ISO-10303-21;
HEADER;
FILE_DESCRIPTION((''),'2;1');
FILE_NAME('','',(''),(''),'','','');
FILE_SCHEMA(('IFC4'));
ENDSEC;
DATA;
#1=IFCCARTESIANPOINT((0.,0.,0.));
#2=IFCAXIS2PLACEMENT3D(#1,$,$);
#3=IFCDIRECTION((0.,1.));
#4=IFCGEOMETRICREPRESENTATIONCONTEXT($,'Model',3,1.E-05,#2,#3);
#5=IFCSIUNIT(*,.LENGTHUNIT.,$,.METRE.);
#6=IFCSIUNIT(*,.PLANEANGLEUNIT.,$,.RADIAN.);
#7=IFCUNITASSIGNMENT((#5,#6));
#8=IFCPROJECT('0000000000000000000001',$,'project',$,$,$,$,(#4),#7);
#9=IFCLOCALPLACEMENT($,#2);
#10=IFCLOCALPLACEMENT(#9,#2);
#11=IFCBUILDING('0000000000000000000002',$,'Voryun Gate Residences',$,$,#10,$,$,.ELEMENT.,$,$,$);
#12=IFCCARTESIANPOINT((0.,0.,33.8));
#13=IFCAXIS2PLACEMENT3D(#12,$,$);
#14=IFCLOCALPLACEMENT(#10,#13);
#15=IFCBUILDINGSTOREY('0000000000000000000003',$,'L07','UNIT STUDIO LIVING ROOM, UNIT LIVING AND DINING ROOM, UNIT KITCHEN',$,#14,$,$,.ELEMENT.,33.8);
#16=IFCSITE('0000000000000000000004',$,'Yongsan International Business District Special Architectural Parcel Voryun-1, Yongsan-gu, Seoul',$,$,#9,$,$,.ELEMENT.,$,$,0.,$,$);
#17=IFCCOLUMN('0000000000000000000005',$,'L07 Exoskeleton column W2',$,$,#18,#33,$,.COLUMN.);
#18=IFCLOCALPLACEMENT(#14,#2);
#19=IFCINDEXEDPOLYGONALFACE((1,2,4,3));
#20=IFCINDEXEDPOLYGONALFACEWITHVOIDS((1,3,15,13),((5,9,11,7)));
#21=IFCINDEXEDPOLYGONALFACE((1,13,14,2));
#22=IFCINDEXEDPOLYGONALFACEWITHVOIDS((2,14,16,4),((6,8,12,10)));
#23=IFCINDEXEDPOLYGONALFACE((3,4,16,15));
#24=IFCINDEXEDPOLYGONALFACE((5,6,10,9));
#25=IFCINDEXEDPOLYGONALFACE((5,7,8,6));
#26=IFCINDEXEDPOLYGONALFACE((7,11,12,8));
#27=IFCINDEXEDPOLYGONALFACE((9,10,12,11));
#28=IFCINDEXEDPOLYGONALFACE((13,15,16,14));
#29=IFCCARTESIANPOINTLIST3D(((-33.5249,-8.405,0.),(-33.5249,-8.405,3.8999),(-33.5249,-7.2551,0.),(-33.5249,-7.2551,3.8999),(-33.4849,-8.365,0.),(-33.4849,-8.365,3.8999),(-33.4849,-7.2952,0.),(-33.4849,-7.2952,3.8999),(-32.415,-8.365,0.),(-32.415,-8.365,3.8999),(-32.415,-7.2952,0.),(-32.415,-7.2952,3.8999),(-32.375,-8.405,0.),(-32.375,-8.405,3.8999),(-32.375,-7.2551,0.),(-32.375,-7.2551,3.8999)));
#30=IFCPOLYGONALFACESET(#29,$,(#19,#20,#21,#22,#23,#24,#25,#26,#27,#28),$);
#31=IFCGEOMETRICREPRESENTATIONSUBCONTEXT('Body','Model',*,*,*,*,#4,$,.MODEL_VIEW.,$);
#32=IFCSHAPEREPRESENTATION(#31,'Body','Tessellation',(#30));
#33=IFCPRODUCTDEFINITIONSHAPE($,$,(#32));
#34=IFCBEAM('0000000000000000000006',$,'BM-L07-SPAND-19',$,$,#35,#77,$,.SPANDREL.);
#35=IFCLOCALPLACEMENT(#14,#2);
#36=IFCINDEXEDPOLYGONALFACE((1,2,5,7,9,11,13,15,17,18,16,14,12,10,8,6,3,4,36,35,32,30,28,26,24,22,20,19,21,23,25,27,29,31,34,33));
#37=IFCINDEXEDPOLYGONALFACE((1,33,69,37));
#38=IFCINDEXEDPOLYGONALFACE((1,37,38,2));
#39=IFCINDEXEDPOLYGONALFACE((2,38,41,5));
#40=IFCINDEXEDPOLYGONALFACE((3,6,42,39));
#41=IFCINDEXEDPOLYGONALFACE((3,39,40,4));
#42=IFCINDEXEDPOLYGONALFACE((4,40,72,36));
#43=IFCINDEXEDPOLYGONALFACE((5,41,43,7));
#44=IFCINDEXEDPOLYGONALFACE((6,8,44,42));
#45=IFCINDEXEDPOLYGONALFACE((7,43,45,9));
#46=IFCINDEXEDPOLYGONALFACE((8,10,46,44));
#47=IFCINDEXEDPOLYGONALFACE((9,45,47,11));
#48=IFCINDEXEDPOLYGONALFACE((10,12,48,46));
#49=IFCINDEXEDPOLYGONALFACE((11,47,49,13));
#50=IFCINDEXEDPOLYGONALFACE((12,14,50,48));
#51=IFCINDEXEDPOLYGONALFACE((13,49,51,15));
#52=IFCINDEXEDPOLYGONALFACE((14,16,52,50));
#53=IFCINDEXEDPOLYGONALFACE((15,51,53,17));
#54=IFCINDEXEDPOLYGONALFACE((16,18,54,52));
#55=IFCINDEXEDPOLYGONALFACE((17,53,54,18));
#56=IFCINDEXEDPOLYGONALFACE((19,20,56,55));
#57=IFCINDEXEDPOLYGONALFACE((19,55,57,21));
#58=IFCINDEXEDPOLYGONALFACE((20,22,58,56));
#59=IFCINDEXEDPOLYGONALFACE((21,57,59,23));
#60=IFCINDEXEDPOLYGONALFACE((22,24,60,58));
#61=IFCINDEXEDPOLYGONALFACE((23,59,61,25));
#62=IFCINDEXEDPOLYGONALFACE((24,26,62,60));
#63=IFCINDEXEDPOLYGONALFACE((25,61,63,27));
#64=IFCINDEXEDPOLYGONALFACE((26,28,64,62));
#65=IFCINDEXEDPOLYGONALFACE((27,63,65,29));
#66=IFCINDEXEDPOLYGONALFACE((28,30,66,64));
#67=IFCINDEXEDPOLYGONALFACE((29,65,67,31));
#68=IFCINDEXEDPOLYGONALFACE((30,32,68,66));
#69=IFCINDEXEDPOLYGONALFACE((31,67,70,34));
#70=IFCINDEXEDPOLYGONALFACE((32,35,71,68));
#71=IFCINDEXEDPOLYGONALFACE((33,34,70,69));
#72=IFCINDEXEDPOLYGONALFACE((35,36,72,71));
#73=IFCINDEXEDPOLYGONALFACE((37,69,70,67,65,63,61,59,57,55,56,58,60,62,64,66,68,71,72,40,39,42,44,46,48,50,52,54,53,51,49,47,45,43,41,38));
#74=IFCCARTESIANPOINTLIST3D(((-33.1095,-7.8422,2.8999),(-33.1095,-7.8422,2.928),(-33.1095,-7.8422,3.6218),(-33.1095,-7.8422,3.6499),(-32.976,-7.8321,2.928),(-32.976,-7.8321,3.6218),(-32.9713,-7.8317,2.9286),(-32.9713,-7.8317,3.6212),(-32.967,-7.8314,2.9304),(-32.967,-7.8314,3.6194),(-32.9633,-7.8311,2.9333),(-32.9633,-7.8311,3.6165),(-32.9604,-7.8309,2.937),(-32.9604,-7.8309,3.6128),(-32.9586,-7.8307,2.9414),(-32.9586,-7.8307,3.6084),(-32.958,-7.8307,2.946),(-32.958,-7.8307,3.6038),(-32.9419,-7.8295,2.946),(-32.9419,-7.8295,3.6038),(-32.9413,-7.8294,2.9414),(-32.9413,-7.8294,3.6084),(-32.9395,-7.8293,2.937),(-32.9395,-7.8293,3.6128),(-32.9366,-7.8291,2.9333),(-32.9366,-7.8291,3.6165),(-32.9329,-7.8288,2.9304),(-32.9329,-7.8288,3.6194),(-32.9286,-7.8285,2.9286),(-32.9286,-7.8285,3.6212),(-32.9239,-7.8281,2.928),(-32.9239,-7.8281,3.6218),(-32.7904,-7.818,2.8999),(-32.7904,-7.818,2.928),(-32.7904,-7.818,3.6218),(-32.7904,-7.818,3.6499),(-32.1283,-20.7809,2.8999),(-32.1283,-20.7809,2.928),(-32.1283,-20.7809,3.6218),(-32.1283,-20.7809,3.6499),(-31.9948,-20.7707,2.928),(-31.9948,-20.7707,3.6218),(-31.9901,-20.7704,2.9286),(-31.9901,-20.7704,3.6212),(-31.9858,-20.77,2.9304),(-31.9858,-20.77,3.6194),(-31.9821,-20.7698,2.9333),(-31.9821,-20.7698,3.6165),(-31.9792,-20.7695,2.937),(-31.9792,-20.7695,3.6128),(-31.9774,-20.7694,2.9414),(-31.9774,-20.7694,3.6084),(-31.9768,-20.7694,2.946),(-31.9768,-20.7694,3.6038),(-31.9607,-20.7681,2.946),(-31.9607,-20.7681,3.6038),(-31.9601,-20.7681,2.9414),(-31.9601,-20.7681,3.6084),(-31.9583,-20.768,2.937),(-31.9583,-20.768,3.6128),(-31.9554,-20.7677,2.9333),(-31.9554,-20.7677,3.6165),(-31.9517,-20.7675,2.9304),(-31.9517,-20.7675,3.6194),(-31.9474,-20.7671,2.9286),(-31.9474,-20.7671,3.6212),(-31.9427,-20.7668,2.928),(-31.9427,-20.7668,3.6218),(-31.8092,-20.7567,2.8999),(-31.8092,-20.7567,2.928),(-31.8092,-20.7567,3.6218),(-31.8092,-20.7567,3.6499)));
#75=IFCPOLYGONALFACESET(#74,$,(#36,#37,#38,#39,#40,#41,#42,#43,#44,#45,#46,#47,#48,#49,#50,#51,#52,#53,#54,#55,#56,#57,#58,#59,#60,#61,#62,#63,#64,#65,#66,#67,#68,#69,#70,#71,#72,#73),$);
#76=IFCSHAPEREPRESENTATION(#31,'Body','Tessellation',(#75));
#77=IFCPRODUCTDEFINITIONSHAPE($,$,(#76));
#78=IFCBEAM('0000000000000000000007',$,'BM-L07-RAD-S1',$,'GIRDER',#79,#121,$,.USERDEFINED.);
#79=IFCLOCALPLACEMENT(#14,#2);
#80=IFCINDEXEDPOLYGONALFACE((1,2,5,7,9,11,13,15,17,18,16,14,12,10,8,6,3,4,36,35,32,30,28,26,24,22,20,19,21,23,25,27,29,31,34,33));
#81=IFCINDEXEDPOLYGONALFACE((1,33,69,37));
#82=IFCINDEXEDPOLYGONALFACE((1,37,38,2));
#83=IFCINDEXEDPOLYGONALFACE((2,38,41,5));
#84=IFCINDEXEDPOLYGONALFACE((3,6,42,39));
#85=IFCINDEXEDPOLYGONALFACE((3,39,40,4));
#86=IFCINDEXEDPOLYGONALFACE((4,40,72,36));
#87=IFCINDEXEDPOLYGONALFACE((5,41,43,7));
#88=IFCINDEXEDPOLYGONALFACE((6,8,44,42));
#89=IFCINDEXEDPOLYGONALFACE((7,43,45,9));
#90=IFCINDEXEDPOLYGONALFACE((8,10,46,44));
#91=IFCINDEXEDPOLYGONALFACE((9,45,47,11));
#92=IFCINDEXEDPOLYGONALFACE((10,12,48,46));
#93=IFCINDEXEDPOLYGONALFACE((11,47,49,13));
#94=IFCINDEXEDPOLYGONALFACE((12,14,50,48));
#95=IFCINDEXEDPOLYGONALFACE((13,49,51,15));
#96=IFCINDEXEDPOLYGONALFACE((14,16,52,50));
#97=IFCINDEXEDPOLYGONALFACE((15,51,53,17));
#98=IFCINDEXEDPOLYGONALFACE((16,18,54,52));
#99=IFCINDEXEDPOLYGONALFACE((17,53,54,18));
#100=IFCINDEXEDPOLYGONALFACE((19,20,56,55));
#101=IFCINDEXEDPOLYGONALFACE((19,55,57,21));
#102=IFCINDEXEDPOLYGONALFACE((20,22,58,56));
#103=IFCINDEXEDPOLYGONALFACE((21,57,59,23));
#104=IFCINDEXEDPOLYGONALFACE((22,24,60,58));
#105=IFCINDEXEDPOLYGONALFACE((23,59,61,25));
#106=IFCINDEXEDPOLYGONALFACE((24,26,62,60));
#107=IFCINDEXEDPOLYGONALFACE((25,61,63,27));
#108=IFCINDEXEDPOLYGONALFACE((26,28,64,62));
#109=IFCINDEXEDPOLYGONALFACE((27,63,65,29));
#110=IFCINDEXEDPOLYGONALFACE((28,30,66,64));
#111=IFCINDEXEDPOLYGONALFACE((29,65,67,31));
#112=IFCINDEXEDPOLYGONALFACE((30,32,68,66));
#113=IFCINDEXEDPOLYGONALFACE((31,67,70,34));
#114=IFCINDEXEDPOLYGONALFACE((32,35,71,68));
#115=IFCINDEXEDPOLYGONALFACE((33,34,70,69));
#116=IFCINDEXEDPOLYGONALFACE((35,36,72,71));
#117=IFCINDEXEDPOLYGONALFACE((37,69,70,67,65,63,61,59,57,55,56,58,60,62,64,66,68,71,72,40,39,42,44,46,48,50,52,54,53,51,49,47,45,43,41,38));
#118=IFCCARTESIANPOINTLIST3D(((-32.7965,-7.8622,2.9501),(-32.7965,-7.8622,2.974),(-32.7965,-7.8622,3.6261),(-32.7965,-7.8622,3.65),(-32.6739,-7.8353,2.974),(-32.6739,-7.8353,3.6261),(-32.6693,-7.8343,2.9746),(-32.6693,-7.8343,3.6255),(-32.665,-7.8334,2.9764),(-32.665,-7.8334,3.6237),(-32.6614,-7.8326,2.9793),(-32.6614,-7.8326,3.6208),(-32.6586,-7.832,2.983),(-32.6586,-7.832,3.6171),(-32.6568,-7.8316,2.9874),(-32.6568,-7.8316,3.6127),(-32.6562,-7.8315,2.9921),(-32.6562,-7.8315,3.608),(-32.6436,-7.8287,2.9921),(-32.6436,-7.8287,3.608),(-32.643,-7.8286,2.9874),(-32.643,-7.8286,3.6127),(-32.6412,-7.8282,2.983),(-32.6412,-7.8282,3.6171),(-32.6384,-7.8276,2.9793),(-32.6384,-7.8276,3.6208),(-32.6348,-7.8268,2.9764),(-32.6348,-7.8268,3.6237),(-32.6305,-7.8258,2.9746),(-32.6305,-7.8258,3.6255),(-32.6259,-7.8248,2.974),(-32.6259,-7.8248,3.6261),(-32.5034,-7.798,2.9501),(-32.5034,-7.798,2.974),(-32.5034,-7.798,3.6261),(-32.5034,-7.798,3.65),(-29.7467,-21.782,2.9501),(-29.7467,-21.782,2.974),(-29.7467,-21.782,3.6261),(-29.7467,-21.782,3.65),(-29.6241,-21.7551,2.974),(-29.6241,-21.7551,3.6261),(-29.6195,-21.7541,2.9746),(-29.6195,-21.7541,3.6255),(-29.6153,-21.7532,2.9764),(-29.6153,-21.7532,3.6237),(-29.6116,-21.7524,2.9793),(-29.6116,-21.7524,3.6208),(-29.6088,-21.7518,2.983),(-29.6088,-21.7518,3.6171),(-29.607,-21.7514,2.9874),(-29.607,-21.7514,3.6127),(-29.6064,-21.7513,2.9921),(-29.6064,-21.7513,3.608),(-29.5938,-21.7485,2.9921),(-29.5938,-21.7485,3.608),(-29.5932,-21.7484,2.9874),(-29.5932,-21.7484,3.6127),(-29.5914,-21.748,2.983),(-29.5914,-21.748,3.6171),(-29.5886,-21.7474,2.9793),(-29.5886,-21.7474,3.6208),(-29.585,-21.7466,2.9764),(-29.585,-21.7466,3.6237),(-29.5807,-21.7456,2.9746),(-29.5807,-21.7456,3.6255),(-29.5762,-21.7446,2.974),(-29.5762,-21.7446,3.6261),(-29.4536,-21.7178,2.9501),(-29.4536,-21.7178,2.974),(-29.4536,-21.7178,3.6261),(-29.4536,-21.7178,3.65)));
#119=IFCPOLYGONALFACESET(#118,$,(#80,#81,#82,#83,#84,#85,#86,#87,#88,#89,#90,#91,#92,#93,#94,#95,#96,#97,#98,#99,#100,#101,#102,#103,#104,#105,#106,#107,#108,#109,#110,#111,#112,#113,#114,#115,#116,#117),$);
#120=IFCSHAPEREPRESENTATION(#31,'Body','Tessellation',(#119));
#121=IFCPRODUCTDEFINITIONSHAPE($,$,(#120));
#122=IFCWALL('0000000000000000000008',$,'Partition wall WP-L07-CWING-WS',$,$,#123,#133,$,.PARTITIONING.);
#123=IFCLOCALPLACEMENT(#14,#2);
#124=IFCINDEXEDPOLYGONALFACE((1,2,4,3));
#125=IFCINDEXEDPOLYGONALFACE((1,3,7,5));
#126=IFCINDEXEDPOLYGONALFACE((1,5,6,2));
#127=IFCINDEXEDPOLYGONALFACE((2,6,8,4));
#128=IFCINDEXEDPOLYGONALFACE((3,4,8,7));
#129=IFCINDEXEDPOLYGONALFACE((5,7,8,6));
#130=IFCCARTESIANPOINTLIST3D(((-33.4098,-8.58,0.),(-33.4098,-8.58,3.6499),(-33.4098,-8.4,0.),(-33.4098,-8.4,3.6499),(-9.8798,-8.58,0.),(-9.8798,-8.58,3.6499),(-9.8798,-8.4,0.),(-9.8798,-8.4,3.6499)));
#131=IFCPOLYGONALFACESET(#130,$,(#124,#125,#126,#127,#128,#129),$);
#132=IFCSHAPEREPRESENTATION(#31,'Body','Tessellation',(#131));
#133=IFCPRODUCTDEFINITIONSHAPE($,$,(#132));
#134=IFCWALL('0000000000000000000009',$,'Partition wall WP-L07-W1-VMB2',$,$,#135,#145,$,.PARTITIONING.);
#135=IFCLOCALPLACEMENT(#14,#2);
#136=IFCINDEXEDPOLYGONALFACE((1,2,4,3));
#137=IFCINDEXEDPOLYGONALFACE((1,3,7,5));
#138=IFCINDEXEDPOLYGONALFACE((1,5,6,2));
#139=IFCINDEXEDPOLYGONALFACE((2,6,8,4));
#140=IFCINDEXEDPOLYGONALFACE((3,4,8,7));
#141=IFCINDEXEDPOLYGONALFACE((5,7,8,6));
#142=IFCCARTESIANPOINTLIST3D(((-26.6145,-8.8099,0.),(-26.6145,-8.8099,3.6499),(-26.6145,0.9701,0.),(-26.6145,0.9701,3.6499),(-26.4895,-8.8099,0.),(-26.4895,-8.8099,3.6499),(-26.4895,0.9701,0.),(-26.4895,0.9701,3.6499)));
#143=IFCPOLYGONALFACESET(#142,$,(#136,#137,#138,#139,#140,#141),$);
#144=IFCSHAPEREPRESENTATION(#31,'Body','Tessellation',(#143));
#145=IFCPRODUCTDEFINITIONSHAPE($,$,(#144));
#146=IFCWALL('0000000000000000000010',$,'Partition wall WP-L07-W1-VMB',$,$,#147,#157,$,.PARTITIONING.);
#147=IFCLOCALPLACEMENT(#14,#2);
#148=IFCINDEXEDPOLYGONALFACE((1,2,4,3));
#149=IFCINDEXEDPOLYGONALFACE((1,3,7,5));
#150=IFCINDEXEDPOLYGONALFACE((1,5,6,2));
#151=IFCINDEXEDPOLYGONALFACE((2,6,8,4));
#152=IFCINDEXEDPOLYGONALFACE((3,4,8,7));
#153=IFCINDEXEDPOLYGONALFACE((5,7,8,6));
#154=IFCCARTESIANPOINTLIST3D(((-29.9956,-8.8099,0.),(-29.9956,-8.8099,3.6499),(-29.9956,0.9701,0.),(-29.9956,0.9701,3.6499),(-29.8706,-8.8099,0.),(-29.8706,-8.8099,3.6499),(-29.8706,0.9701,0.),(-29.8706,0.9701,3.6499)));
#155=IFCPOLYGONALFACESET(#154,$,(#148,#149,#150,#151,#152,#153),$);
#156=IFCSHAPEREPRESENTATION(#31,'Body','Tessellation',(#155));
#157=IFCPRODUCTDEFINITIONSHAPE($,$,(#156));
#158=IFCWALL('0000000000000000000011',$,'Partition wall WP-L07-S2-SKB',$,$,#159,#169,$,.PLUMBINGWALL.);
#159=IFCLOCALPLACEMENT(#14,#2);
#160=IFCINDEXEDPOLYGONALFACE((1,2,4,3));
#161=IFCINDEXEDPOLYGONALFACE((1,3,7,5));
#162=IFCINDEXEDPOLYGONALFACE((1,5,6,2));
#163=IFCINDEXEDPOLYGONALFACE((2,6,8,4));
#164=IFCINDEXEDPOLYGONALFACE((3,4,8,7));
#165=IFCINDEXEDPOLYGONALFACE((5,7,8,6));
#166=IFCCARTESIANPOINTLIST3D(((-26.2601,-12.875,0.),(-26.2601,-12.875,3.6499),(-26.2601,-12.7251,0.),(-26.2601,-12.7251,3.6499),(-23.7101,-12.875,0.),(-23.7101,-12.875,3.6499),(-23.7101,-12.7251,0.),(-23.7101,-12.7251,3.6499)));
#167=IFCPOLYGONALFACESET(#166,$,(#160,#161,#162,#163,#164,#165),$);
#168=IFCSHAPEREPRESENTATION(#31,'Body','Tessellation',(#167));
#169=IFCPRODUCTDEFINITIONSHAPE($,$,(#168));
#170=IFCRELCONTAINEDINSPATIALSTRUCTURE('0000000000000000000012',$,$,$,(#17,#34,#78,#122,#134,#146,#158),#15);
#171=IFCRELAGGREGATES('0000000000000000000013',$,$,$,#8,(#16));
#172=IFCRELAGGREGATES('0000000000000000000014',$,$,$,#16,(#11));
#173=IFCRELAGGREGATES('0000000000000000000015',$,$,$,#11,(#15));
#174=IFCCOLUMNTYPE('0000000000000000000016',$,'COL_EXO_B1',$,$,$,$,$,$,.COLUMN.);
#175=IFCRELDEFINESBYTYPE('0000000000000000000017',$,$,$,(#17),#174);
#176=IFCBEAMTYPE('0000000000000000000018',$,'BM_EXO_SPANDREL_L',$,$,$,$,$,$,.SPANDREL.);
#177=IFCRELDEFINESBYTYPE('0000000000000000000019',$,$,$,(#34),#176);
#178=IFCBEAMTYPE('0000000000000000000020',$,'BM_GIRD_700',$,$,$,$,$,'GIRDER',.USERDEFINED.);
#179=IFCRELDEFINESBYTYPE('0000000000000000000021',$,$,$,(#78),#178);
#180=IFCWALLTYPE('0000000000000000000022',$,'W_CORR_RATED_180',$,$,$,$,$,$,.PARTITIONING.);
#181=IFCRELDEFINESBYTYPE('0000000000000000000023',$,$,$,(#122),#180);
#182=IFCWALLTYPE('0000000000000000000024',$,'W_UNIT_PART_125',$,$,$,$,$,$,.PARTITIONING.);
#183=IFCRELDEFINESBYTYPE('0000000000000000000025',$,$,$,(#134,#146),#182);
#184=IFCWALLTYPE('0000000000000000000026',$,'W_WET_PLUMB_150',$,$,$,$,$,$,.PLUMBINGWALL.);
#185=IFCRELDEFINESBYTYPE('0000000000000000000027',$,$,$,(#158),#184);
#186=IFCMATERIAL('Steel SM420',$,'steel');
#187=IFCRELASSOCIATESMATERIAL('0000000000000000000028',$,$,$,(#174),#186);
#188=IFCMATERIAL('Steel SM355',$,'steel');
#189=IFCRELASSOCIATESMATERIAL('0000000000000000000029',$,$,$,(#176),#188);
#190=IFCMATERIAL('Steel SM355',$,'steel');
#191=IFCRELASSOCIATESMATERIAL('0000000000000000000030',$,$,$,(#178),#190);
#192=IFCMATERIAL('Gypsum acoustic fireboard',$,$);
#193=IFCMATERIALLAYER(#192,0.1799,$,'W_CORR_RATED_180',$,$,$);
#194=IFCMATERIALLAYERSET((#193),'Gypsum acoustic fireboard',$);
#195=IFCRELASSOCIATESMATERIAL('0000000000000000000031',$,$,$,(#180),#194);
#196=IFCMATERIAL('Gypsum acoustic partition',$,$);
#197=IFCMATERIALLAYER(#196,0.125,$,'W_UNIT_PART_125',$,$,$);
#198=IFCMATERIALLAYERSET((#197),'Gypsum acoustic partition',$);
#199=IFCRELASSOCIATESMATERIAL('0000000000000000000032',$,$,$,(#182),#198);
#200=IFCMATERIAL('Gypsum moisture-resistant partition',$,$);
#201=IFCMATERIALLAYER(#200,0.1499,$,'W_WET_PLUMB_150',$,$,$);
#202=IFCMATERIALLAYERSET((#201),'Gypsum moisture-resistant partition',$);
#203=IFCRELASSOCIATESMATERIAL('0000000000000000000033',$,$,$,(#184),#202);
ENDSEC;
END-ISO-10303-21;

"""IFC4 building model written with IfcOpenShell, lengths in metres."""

from ifc_helpers import new_model, si_unit, direction, frame, frame_2d, origin, origin_2d, place, context, subcontext, project, spatial, rectangle, hollow_rectangle, i_section, extrude, material, layer, layer_set, material_profile, profile_set, type_object, element, save


model = new_model("IFC4")

# Units and contexts
model_context = context("Model", 3, precision=1e-05, world=origin(), true_north=direction((0.0, 1.0)))
body_context = subcontext(model_context, "Body", "Model", "MODEL_VIEW")
ifc_project = project(units=[si_unit("LENGTHUNIT", "METRE"), si_unit("PLANEANGLEUNIT", "RADIAN")], contexts=[model_context])

# Site, building, storey
site_placement = place(None, origin())
site = spatial("IfcSite", under=ifc_project, at=site_placement, Name="Yongsan International Business District Special Architectural Parcel Voryun-1, Yongsan-gu, Seoul", CompositionType="ELEMENT", RefElevation=0.0)
building_placement = place(site_placement, origin())
building = spatial("IfcBuilding", under=site, at=building_placement, Name="Voryun Gate Residences", CompositionType="ELEMENT")
storey_placement = place(building_placement, frame((0.0, 0.0, 33.8)))
storey = spatial("IfcBuildingStorey", under=building, at=storey_placement, Name="L07", Description="UNIT STUDIO LIVING ROOM, UNIT LIVING AND DINING ROOM, UNIT KITCHEN", CompositionType="ELEMENT", Elevation=33.8)

# Column
ifc_material_1 = material(Name="Steel SM420", Category="steel")
ifc_material_profile_1 = material_profile(ifc_material_1, hollow_rectangle(XDim=1.1499, YDim=1.1499, WallThickness=0.04, at=origin_2d()), Name="BOX-1150x1150x40")
ifc_profile_set_1 = profile_set([ifc_material_profile_1], Name="Steel SM420")
column_type = type_object("IfcColumnType", Name="COL_EXO_B1", PredefinedType="COLUMN", material=ifc_profile_set_1)
column_placement = place(storey_placement, frame((-32.95, -7.8301, 0.0), z_axis=(0.0, 0.0, 1.0), x_axis=(1.0, 0.0, 0.0)))
element("IfcColumn", 1, at=column_placement, inside=storey, type_object=column_type, Name="L07 Exoskeleton column W2", PredefinedType="COLUMN", context=body_context, shape_type="SweptSolid", body=[
    extrude(hollow_rectangle(XDim=1.1499, YDim=1.1499, WallThickness=0.04, at=origin_2d()), origin(), (0.0, 0.0, 1.0), 3.8999),
])

# Beams
ifc_material_2 = material(Name="Steel SM355", Category="steel")
ifc_material_profile_2 = material_profile(ifc_material_2, i_section(OverallWidth=0.3201, OverallDepth=0.75, WebThickness=0.0161, FlangeThickness=0.0281, FilletRadius=0.0181, at=origin_2d()), Name="H-750x320x16x28")
ifc_profile_set_2 = profile_set([ifc_material_profile_2], Name="Steel SM355")
beam_type_1 = type_object("IfcBeamType", Name="BM_EXO_SPANDREL_L", PredefinedType="SPANDREL", material=ifc_profile_set_2)
beam_1_placement = place(storey_placement, frame((-32.95, -7.8301, 3.2749), z_axis=(0.075617, -0.997137, 0.0), x_axis=(0.997137, 0.075617, 0.0)))
element("IfcBeam", 2, at=beam_1_placement, inside=storey, type_object=beam_type_1, Name="BM-L07-SPAND-19", PredefinedType="SPANDREL", context=body_context, shape_type="SweptSolid", body=[
    extrude(i_section(OverallWidth=0.3201, OverallDepth=0.75, WebThickness=0.0161, FlangeThickness=0.0281, FilletRadius=0.0181, at=origin_2d()), origin(), (0.0, 0.0, 1.0), 12.9758),
])
ifc_material_3 = material(Name="Steel SM355", Category="steel")
ifc_material_profile_3 = material_profile(ifc_material_3, i_section(OverallWidth=0.3, OverallDepth=0.7, WebThickness=0.0129, FlangeThickness=0.0239, FilletRadius=0.0181, at=origin_2d()), Name="H-700x300x13x24")
ifc_profile_set_3 = profile_set([ifc_material_profile_3], Name="Steel SM355")
beam_type_2 = type_object("IfcBeamType", Name="BM_GIRD_700", ElementType="GIRDER", PredefinedType="USERDEFINED", material=ifc_profile_set_3)
beam_2_placement = place(storey_placement, frame((-32.6499, -7.8301, 3.3), z_axis=(0.21402, -0.976829, 0.0), x_axis=(0.976829, 0.21402, 0.0)))
element("IfcBeam", 3, at=beam_2_placement, inside=storey, type_object=beam_type_2, Name="BM-L07-RAD-S1", ObjectType="GIRDER", PredefinedType="USERDEFINED", context=body_context, shape_type="SweptSolid", body=[
    extrude(i_section(OverallWidth=0.3, OverallDepth=0.7, WebThickness=0.0129, FlangeThickness=0.0239, FilletRadius=0.0181, at=origin_2d()), origin(), (0.0, 0.0, 1.0), 14.25),
])

# Wall
ifc_material_4 = material(Name="Gypsum acoustic fireboard")
ifc_layer_1 = layer(ifc_material_4, 0.1799, Name="W_CORR_RATED_180")
ifc_layer_set_1 = layer_set([ifc_layer_1], Name="Gypsum acoustic fireboard")
wall_type_1 = type_object("IfcWallType", Name="W_CORR_RATED_180", PredefinedType="PARTITIONING", material=ifc_layer_set_1)
wall_1_placement = place(storey_placement, frame((-33.4099, -8.49, 0.0), z_axis=(0.0, 0.0, 1.0), x_axis=(1.0, 0.0, 0.0)))
element("IfcWall", 4, at=wall_1_placement, inside=storey, type_object=wall_type_1, Name="Partition wall WP-L07-CWING-WS", PredefinedType="PARTITIONING", context=body_context, shape_type="SweptSolid", body=[
    extrude(rectangle(XDim=23.53, YDim=0.1799, at=frame_2d((11.7651, 0.0))), origin(), (0.0, 0.0, 1.0), 3.6499),
])

# Walls
ifc_material_5 = material(Name="Gypsum acoustic partition")
ifc_layer_2 = layer(ifc_material_5, 0.125, Name="W_UNIT_PART_125")
ifc_layer_set_2 = layer_set([ifc_layer_2], Name="Gypsum acoustic partition")
wall_type_2 = type_object("IfcWallType", Name="W_UNIT_PART_125", PredefinedType="PARTITIONING", material=ifc_layer_set_2)
for number, where, z_axis, x_axis, name in (
    (5, (-26.552, -8.8101, 0.0), (0.0, 0.0, 1.0), (0.0, 1.0, 0.0), "Partition wall WP-L07-W1-VMB2"),
    (6, (-29.9331, -8.8101, 0.0), (0.0, 0.0, 1.0), (0.0, 1.0, 0.0), "Partition wall WP-L07-W1-VMB"),
):
    element("IfcWall", number, at=place(storey_placement, frame(where, z_axis=z_axis, x_axis=x_axis)), inside=storey, type_object=wall_type_2, Name=name, PredefinedType="PARTITIONING", context=body_context, shape_type="SweptSolid", body=[
        extrude(rectangle(XDim=9.78, YDim=0.125, at=frame_2d((4.8901, 0.0))), origin(), (0.0, 0.0, 1.0), 3.6499),
    ])
ifc_material_6 = material(Name="Gypsum moisture-resistant partition")
ifc_layer_3 = layer(ifc_material_6, 0.1499, Name="W_WET_PLUMB_150")
ifc_layer_set_3 = layer_set([ifc_layer_3], Name="Gypsum moisture-resistant partition")
wall_type_3 = type_object("IfcWallType", Name="W_WET_PLUMB_150", PredefinedType="PLUMBINGWALL", material=ifc_layer_set_3)
wall_2_placement = place(storey_placement, frame((-26.26, -12.8, 0.0), z_axis=(0.0, 0.0, 1.0), x_axis=(1.0, 0.0, 0.0)))
element("IfcWall", 7, at=wall_2_placement, inside=storey, type_object=wall_type_3, Name="Partition wall WP-L07-S2-SKB", PredefinedType="PLUMBINGWALL", context=body_context, shape_type="SweptSolid", body=[
    extrude(rectangle(XDim=2.55, YDim=0.1499, at=frame_2d((1.2749, 0.0))), origin(), (0.0, 0.0, 1.0), 3.6499),
])

save(model, "model.ifc")
